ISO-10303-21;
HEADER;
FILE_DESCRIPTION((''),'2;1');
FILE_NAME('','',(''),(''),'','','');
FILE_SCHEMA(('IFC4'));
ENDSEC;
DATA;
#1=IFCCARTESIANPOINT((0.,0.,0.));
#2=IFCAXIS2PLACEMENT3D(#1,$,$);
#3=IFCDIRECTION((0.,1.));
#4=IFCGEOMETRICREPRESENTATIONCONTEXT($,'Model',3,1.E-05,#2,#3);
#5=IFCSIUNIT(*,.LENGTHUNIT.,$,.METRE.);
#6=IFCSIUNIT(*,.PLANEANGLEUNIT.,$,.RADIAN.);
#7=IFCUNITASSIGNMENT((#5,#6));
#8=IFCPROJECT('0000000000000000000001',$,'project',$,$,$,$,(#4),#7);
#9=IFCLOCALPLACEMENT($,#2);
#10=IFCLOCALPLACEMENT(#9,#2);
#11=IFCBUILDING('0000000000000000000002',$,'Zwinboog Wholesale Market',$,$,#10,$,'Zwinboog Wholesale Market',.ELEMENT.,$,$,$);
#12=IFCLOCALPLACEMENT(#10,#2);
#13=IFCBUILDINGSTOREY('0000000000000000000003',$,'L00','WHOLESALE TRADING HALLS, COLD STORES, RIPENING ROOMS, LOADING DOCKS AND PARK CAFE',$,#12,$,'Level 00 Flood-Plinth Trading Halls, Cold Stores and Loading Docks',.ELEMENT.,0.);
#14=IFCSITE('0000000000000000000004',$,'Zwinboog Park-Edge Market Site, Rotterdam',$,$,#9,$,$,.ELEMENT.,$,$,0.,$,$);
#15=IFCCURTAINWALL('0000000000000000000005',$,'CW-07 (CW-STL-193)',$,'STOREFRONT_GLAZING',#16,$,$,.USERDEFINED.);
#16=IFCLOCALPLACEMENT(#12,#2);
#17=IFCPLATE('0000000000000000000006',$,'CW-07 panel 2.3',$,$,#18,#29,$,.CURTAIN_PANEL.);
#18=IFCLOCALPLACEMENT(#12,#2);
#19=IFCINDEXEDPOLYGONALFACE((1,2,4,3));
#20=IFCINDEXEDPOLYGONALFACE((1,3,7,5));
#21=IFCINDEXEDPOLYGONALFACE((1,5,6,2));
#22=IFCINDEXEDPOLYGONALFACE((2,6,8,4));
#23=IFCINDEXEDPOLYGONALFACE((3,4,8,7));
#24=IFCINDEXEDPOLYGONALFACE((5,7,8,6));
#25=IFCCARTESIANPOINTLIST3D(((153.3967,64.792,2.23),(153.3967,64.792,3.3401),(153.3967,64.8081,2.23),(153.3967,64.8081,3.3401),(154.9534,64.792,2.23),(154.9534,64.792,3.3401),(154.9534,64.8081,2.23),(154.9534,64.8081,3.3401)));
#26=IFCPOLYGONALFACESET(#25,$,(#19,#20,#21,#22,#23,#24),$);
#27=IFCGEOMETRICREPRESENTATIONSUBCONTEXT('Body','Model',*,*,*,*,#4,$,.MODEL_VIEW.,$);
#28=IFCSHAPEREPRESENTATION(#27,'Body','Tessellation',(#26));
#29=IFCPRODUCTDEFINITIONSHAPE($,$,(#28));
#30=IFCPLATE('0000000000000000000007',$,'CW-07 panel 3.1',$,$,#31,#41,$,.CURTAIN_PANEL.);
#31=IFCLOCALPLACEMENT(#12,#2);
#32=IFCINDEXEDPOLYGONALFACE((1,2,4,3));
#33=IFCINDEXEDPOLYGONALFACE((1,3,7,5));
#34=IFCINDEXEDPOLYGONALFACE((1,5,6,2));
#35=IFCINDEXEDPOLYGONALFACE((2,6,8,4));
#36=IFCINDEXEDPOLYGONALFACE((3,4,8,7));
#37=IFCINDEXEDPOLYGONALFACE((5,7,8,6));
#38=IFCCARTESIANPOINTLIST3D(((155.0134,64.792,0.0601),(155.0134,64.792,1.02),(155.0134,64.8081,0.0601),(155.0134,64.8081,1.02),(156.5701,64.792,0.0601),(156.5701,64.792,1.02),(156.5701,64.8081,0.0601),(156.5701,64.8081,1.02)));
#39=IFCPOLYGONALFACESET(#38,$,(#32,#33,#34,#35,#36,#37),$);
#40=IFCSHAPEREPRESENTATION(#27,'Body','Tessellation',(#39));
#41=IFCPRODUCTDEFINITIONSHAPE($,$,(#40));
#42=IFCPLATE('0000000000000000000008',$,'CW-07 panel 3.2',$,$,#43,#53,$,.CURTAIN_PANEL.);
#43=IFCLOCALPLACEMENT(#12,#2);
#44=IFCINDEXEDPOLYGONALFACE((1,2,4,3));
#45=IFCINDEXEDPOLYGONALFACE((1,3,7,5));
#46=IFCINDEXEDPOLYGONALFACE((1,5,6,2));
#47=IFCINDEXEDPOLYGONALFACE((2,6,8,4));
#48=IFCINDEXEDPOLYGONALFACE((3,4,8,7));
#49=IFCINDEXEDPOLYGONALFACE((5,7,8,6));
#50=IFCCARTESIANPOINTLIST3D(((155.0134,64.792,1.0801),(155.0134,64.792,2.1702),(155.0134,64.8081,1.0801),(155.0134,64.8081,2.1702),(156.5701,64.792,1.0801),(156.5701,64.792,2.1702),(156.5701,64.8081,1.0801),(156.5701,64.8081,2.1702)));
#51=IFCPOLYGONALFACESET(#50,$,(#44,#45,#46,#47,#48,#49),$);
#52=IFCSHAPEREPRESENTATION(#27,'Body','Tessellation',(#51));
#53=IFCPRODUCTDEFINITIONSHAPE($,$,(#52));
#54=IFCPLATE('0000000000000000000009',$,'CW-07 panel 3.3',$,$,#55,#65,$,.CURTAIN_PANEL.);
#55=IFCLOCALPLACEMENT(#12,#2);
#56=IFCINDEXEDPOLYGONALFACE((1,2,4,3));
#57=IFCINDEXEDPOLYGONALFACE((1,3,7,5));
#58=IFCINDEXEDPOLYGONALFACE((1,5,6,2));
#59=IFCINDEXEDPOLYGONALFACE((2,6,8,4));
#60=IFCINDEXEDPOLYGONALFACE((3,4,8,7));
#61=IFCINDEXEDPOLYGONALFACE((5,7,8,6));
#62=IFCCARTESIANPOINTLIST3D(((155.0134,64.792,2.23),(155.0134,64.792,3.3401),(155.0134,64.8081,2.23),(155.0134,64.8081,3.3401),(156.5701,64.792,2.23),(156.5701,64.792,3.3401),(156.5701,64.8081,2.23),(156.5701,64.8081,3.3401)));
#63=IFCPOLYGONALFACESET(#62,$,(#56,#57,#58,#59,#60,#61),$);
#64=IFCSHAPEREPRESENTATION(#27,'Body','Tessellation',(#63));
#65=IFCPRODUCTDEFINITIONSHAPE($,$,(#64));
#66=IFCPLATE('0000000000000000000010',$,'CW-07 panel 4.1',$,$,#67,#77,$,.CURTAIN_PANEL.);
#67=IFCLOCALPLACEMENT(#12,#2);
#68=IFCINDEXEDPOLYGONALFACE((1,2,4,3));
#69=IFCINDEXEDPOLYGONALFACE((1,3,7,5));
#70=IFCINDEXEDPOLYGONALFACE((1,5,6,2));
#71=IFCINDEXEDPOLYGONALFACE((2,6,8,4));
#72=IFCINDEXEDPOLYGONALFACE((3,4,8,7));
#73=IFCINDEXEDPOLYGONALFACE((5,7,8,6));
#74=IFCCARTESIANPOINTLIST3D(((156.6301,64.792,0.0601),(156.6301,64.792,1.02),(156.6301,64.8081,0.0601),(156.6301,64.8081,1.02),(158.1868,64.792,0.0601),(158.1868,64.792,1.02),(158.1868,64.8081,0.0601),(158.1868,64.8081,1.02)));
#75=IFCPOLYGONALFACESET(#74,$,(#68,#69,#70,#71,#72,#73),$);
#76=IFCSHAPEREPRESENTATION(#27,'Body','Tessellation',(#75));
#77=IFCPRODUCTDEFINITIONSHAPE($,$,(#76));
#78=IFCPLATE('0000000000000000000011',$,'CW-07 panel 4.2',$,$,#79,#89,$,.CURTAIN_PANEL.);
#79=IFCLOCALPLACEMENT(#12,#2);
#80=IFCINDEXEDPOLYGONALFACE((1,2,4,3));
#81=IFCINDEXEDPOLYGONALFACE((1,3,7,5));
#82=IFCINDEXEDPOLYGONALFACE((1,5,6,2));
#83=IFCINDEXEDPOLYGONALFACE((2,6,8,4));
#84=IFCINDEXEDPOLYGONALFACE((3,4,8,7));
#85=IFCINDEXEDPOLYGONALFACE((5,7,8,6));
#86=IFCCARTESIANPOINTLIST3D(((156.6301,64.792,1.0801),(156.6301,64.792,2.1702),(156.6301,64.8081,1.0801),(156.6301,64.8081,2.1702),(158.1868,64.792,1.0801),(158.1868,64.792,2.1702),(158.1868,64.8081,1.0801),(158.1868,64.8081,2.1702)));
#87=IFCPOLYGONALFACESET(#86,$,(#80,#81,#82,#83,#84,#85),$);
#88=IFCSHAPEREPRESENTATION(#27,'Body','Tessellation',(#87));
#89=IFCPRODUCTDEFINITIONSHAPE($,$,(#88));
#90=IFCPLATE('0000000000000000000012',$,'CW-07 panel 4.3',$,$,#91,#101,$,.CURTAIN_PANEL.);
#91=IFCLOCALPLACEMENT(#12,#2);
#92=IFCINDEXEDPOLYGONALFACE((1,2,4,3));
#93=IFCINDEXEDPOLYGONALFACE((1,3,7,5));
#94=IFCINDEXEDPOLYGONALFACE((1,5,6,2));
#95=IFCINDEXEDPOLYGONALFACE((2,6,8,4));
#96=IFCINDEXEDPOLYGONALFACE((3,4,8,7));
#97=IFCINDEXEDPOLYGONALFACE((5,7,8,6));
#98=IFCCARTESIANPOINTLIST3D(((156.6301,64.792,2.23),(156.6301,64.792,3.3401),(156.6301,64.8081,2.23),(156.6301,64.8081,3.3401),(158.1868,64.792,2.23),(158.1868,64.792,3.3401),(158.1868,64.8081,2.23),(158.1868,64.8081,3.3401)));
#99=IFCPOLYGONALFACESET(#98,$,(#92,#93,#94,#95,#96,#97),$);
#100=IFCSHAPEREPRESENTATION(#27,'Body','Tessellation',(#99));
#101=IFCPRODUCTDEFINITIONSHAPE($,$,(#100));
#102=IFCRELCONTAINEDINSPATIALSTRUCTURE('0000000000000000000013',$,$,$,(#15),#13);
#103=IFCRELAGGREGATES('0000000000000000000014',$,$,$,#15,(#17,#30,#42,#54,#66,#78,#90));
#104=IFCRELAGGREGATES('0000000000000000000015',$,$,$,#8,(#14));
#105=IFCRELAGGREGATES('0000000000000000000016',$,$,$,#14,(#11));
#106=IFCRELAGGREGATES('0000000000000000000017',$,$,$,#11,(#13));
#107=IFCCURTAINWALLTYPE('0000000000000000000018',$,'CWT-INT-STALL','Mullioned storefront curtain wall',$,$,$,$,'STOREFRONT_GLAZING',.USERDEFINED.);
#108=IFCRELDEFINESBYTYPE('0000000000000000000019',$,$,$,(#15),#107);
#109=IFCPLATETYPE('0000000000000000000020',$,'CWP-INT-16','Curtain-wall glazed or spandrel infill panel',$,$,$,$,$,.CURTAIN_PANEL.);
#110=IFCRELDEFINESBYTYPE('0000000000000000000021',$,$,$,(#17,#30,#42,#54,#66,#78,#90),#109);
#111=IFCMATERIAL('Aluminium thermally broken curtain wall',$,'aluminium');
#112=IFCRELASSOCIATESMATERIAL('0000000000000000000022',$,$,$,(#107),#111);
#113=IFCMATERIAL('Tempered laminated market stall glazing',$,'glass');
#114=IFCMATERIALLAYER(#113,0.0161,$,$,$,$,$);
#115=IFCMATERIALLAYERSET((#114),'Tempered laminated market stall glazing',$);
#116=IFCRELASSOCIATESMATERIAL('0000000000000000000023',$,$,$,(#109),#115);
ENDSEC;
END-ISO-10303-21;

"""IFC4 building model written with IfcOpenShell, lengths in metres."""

from ifc_helpers import new_model, si_unit, direction, frame, origin, origin_2d, place, context, subcontext, project, spatial, rectangle, extrude, material, layer, layer_set, type_object, element, aggregate, save


model = new_model("IFC4")

# Units and contexts
model_context = context("Model", 3, precision=1e-05, world=origin(), true_north=direction((0.0, 1.0)))
body_context = subcontext(model_context, "Body", "Model", "MODEL_VIEW")
ifc_project = project(units=[si_unit("LENGTHUNIT", "METRE"), si_unit("PLANEANGLEUNIT", "RADIAN")], contexts=[model_context])

# Site, building, storey
site_placement = place(None, origin())
site = spatial("IfcSite", under=ifc_project, at=site_placement, Name="Zwinboog Park-Edge Market Site, Rotterdam", CompositionType="ELEMENT", RefElevation=0.0)
building_placement = place(site_placement, origin())
building = spatial("IfcBuilding", under=site, at=building_placement, Name="Zwinboog Wholesale Market", LongName="Zwinboog Wholesale Market", CompositionType="ELEMENT")
storey_placement = place(building_placement, origin())
storey = spatial("IfcBuildingStorey", under=building, at=storey_placement, Name="L00", Description="WHOLESALE TRADING HALLS, COLD STORES, RIPENING ROOMS, LOADING DOCKS AND PARK CAFE", LongName="Level 00 Flood-Plinth Trading Halls, Cold Stores and Loading Docks", CompositionType="ELEMENT", Elevation=0.0)

# Curtain wall, plates
ifc_material_1 = material(Name="Aluminium thermally broken curtain wall", Category="aluminium")
curtain_wall_type = type_object("IfcCurtainWallType", Name="CWT-INT-STALL", Description="Mullioned storefront curtain wall", ElementType="STOREFRONT_GLAZING", PredefinedType="USERDEFINED", material=ifc_material_1)
curtain_wall_placement = place(storey_placement, origin())
curtain_wall = element("IfcCurtainWall", 1, at=curtain_wall_placement, inside=storey, type_object=curtain_wall_type, Name="CW-07 (CW-STL-193)", ObjectType="STOREFRONT_GLAZING", PredefinedType="USERDEFINED")
ifc_material_2 = material(Name="Tempered laminated market stall glazing", Category="glass")
ifc_layer = layer(ifc_material_2, 0.0161)
ifc_layer_set = layer_set([ifc_layer], Name="Tempered laminated market stall glazing")
plate_type = type_object("IfcPlateType", Name="CWP-INT-16", Description="Curtain-wall glazed or spandrel infill panel", PredefinedType="CURTAIN_PANEL", material=ifc_layer_set)
plate_1_placement = place(storey_placement, frame((154.175, 64.8, 2.23), z_axis=(0.0, 0.0, 1.0), x_axis=(1.0, 0.0, 0.0)))
plate_1 = element("IfcPlate", 2, at=plate_1_placement, type_object=plate_type, Name="CW-07 panel 2.3", PredefinedType="CURTAIN_PANEL", context=body_context, shape_type="SweptSolid", body=[
    extrude(rectangle(XDim=1.5566, YDim=0.0161, at=origin_2d()), origin(), (0.0, 0.0, 1.0), 1.1101),
])
plate_2_placement = place(storey_placement, frame((155.7917, 64.8, 0.0601), z_axis=(0.0, 0.0, 1.0), x_axis=(1.0, 0.0, 0.0)))
plate_2 = element("IfcPlate", 3, at=plate_2_placement, type_object=plate_type, Name="CW-07 panel 3.1", PredefinedType="CURTAIN_PANEL", context=body_context, shape_type="SweptSolid", body=[
    extrude(rectangle(XDim=1.5566, YDim=0.0161, at=origin_2d()), origin(), (0.0, 0.0, 1.0), 0.96),
])
plate_3_placement = place(storey_placement, frame((155.7917, 64.8, 1.0801), z_axis=(0.0, 0.0, 1.0), x_axis=(1.0, 0.0, 0.0)))
plate_3 = element("IfcPlate", 4, at=plate_3_placement, type_object=plate_type, Name="CW-07 panel 3.2", PredefinedType="CURTAIN_PANEL", context=body_context, shape_type="SweptSolid", body=[
    extrude(rectangle(XDim=1.5566, YDim=0.0161, at=origin_2d()), origin(), (0.0, 0.0, 1.0), 1.0901),
])
plate_4_placement = place(storey_placement, frame((155.7917, 64.8, 2.23), z_axis=(0.0, 0.0, 1.0), x_axis=(1.0, 0.0, 0.0)))
plate_4 = element("IfcPlate", 5, at=plate_4_placement, type_object=plate_type, Name="CW-07 panel 3.3", PredefinedType="CURTAIN_PANEL", context=body_context, shape_type="SweptSolid", body=[
    extrude(rectangle(XDim=1.5566, YDim=0.0161, at=origin_2d()), origin(), (0.0, 0.0, 1.0), 1.1101),
])
plate_5_placement = place(storey_placement, frame((157.4084, 64.8, 0.0601), z_axis=(0.0, 0.0, 1.0), x_axis=(1.0, 0.0, 0.0)))
plate_5 = element("IfcPlate", 6, at=plate_5_placement, type_object=plate_type, Name="CW-07 panel 4.1", PredefinedType="CURTAIN_PANEL", context=body_context, shape_type="SweptSolid", body=[
    extrude(rectangle(XDim=1.5566, YDim=0.0161, at=origin_2d()), origin(), (0.0, 0.0, 1.0), 0.96),
])
plate_6_placement = place(storey_placement, frame((157.4084, 64.8, 1.0801), z_axis=(0.0, 0.0, 1.0), x_axis=(1.0, 0.0, 0.0)))
plate_6 = element("IfcPlate", 7, at=plate_6_placement, type_object=plate_type, Name="CW-07 panel 4.2", PredefinedType="CURTAIN_PANEL", context=body_context, shape_type="SweptSolid", body=[
    extrude(rectangle(XDim=1.5566, YDim=0.0161, at=origin_2d()), origin(), (0.0, 0.0, 1.0), 1.0901),
])
plate_7_placement = place(storey_placement, frame((157.4084, 64.8, 2.23), z_axis=(0.0, 0.0, 1.0), x_axis=(1.0, 0.0, 0.0)))
plate_7 = element("IfcPlate", 8, at=plate_7_placement, type_object=plate_type, Name="CW-07 panel 4.3", PredefinedType="CURTAIN_PANEL", context=body_context, shape_type="SweptSolid", body=[
    extrude(rectangle(XDim=1.5566, YDim=0.0161, at=origin_2d()), origin(), (0.0, 0.0, 1.0), 1.1101),
])
aggregate(curtain_wall, [plate_1, plate_2, plate_3, plate_4, plate_5, plate_6, plate_7])

save(model, "model.ifc")
